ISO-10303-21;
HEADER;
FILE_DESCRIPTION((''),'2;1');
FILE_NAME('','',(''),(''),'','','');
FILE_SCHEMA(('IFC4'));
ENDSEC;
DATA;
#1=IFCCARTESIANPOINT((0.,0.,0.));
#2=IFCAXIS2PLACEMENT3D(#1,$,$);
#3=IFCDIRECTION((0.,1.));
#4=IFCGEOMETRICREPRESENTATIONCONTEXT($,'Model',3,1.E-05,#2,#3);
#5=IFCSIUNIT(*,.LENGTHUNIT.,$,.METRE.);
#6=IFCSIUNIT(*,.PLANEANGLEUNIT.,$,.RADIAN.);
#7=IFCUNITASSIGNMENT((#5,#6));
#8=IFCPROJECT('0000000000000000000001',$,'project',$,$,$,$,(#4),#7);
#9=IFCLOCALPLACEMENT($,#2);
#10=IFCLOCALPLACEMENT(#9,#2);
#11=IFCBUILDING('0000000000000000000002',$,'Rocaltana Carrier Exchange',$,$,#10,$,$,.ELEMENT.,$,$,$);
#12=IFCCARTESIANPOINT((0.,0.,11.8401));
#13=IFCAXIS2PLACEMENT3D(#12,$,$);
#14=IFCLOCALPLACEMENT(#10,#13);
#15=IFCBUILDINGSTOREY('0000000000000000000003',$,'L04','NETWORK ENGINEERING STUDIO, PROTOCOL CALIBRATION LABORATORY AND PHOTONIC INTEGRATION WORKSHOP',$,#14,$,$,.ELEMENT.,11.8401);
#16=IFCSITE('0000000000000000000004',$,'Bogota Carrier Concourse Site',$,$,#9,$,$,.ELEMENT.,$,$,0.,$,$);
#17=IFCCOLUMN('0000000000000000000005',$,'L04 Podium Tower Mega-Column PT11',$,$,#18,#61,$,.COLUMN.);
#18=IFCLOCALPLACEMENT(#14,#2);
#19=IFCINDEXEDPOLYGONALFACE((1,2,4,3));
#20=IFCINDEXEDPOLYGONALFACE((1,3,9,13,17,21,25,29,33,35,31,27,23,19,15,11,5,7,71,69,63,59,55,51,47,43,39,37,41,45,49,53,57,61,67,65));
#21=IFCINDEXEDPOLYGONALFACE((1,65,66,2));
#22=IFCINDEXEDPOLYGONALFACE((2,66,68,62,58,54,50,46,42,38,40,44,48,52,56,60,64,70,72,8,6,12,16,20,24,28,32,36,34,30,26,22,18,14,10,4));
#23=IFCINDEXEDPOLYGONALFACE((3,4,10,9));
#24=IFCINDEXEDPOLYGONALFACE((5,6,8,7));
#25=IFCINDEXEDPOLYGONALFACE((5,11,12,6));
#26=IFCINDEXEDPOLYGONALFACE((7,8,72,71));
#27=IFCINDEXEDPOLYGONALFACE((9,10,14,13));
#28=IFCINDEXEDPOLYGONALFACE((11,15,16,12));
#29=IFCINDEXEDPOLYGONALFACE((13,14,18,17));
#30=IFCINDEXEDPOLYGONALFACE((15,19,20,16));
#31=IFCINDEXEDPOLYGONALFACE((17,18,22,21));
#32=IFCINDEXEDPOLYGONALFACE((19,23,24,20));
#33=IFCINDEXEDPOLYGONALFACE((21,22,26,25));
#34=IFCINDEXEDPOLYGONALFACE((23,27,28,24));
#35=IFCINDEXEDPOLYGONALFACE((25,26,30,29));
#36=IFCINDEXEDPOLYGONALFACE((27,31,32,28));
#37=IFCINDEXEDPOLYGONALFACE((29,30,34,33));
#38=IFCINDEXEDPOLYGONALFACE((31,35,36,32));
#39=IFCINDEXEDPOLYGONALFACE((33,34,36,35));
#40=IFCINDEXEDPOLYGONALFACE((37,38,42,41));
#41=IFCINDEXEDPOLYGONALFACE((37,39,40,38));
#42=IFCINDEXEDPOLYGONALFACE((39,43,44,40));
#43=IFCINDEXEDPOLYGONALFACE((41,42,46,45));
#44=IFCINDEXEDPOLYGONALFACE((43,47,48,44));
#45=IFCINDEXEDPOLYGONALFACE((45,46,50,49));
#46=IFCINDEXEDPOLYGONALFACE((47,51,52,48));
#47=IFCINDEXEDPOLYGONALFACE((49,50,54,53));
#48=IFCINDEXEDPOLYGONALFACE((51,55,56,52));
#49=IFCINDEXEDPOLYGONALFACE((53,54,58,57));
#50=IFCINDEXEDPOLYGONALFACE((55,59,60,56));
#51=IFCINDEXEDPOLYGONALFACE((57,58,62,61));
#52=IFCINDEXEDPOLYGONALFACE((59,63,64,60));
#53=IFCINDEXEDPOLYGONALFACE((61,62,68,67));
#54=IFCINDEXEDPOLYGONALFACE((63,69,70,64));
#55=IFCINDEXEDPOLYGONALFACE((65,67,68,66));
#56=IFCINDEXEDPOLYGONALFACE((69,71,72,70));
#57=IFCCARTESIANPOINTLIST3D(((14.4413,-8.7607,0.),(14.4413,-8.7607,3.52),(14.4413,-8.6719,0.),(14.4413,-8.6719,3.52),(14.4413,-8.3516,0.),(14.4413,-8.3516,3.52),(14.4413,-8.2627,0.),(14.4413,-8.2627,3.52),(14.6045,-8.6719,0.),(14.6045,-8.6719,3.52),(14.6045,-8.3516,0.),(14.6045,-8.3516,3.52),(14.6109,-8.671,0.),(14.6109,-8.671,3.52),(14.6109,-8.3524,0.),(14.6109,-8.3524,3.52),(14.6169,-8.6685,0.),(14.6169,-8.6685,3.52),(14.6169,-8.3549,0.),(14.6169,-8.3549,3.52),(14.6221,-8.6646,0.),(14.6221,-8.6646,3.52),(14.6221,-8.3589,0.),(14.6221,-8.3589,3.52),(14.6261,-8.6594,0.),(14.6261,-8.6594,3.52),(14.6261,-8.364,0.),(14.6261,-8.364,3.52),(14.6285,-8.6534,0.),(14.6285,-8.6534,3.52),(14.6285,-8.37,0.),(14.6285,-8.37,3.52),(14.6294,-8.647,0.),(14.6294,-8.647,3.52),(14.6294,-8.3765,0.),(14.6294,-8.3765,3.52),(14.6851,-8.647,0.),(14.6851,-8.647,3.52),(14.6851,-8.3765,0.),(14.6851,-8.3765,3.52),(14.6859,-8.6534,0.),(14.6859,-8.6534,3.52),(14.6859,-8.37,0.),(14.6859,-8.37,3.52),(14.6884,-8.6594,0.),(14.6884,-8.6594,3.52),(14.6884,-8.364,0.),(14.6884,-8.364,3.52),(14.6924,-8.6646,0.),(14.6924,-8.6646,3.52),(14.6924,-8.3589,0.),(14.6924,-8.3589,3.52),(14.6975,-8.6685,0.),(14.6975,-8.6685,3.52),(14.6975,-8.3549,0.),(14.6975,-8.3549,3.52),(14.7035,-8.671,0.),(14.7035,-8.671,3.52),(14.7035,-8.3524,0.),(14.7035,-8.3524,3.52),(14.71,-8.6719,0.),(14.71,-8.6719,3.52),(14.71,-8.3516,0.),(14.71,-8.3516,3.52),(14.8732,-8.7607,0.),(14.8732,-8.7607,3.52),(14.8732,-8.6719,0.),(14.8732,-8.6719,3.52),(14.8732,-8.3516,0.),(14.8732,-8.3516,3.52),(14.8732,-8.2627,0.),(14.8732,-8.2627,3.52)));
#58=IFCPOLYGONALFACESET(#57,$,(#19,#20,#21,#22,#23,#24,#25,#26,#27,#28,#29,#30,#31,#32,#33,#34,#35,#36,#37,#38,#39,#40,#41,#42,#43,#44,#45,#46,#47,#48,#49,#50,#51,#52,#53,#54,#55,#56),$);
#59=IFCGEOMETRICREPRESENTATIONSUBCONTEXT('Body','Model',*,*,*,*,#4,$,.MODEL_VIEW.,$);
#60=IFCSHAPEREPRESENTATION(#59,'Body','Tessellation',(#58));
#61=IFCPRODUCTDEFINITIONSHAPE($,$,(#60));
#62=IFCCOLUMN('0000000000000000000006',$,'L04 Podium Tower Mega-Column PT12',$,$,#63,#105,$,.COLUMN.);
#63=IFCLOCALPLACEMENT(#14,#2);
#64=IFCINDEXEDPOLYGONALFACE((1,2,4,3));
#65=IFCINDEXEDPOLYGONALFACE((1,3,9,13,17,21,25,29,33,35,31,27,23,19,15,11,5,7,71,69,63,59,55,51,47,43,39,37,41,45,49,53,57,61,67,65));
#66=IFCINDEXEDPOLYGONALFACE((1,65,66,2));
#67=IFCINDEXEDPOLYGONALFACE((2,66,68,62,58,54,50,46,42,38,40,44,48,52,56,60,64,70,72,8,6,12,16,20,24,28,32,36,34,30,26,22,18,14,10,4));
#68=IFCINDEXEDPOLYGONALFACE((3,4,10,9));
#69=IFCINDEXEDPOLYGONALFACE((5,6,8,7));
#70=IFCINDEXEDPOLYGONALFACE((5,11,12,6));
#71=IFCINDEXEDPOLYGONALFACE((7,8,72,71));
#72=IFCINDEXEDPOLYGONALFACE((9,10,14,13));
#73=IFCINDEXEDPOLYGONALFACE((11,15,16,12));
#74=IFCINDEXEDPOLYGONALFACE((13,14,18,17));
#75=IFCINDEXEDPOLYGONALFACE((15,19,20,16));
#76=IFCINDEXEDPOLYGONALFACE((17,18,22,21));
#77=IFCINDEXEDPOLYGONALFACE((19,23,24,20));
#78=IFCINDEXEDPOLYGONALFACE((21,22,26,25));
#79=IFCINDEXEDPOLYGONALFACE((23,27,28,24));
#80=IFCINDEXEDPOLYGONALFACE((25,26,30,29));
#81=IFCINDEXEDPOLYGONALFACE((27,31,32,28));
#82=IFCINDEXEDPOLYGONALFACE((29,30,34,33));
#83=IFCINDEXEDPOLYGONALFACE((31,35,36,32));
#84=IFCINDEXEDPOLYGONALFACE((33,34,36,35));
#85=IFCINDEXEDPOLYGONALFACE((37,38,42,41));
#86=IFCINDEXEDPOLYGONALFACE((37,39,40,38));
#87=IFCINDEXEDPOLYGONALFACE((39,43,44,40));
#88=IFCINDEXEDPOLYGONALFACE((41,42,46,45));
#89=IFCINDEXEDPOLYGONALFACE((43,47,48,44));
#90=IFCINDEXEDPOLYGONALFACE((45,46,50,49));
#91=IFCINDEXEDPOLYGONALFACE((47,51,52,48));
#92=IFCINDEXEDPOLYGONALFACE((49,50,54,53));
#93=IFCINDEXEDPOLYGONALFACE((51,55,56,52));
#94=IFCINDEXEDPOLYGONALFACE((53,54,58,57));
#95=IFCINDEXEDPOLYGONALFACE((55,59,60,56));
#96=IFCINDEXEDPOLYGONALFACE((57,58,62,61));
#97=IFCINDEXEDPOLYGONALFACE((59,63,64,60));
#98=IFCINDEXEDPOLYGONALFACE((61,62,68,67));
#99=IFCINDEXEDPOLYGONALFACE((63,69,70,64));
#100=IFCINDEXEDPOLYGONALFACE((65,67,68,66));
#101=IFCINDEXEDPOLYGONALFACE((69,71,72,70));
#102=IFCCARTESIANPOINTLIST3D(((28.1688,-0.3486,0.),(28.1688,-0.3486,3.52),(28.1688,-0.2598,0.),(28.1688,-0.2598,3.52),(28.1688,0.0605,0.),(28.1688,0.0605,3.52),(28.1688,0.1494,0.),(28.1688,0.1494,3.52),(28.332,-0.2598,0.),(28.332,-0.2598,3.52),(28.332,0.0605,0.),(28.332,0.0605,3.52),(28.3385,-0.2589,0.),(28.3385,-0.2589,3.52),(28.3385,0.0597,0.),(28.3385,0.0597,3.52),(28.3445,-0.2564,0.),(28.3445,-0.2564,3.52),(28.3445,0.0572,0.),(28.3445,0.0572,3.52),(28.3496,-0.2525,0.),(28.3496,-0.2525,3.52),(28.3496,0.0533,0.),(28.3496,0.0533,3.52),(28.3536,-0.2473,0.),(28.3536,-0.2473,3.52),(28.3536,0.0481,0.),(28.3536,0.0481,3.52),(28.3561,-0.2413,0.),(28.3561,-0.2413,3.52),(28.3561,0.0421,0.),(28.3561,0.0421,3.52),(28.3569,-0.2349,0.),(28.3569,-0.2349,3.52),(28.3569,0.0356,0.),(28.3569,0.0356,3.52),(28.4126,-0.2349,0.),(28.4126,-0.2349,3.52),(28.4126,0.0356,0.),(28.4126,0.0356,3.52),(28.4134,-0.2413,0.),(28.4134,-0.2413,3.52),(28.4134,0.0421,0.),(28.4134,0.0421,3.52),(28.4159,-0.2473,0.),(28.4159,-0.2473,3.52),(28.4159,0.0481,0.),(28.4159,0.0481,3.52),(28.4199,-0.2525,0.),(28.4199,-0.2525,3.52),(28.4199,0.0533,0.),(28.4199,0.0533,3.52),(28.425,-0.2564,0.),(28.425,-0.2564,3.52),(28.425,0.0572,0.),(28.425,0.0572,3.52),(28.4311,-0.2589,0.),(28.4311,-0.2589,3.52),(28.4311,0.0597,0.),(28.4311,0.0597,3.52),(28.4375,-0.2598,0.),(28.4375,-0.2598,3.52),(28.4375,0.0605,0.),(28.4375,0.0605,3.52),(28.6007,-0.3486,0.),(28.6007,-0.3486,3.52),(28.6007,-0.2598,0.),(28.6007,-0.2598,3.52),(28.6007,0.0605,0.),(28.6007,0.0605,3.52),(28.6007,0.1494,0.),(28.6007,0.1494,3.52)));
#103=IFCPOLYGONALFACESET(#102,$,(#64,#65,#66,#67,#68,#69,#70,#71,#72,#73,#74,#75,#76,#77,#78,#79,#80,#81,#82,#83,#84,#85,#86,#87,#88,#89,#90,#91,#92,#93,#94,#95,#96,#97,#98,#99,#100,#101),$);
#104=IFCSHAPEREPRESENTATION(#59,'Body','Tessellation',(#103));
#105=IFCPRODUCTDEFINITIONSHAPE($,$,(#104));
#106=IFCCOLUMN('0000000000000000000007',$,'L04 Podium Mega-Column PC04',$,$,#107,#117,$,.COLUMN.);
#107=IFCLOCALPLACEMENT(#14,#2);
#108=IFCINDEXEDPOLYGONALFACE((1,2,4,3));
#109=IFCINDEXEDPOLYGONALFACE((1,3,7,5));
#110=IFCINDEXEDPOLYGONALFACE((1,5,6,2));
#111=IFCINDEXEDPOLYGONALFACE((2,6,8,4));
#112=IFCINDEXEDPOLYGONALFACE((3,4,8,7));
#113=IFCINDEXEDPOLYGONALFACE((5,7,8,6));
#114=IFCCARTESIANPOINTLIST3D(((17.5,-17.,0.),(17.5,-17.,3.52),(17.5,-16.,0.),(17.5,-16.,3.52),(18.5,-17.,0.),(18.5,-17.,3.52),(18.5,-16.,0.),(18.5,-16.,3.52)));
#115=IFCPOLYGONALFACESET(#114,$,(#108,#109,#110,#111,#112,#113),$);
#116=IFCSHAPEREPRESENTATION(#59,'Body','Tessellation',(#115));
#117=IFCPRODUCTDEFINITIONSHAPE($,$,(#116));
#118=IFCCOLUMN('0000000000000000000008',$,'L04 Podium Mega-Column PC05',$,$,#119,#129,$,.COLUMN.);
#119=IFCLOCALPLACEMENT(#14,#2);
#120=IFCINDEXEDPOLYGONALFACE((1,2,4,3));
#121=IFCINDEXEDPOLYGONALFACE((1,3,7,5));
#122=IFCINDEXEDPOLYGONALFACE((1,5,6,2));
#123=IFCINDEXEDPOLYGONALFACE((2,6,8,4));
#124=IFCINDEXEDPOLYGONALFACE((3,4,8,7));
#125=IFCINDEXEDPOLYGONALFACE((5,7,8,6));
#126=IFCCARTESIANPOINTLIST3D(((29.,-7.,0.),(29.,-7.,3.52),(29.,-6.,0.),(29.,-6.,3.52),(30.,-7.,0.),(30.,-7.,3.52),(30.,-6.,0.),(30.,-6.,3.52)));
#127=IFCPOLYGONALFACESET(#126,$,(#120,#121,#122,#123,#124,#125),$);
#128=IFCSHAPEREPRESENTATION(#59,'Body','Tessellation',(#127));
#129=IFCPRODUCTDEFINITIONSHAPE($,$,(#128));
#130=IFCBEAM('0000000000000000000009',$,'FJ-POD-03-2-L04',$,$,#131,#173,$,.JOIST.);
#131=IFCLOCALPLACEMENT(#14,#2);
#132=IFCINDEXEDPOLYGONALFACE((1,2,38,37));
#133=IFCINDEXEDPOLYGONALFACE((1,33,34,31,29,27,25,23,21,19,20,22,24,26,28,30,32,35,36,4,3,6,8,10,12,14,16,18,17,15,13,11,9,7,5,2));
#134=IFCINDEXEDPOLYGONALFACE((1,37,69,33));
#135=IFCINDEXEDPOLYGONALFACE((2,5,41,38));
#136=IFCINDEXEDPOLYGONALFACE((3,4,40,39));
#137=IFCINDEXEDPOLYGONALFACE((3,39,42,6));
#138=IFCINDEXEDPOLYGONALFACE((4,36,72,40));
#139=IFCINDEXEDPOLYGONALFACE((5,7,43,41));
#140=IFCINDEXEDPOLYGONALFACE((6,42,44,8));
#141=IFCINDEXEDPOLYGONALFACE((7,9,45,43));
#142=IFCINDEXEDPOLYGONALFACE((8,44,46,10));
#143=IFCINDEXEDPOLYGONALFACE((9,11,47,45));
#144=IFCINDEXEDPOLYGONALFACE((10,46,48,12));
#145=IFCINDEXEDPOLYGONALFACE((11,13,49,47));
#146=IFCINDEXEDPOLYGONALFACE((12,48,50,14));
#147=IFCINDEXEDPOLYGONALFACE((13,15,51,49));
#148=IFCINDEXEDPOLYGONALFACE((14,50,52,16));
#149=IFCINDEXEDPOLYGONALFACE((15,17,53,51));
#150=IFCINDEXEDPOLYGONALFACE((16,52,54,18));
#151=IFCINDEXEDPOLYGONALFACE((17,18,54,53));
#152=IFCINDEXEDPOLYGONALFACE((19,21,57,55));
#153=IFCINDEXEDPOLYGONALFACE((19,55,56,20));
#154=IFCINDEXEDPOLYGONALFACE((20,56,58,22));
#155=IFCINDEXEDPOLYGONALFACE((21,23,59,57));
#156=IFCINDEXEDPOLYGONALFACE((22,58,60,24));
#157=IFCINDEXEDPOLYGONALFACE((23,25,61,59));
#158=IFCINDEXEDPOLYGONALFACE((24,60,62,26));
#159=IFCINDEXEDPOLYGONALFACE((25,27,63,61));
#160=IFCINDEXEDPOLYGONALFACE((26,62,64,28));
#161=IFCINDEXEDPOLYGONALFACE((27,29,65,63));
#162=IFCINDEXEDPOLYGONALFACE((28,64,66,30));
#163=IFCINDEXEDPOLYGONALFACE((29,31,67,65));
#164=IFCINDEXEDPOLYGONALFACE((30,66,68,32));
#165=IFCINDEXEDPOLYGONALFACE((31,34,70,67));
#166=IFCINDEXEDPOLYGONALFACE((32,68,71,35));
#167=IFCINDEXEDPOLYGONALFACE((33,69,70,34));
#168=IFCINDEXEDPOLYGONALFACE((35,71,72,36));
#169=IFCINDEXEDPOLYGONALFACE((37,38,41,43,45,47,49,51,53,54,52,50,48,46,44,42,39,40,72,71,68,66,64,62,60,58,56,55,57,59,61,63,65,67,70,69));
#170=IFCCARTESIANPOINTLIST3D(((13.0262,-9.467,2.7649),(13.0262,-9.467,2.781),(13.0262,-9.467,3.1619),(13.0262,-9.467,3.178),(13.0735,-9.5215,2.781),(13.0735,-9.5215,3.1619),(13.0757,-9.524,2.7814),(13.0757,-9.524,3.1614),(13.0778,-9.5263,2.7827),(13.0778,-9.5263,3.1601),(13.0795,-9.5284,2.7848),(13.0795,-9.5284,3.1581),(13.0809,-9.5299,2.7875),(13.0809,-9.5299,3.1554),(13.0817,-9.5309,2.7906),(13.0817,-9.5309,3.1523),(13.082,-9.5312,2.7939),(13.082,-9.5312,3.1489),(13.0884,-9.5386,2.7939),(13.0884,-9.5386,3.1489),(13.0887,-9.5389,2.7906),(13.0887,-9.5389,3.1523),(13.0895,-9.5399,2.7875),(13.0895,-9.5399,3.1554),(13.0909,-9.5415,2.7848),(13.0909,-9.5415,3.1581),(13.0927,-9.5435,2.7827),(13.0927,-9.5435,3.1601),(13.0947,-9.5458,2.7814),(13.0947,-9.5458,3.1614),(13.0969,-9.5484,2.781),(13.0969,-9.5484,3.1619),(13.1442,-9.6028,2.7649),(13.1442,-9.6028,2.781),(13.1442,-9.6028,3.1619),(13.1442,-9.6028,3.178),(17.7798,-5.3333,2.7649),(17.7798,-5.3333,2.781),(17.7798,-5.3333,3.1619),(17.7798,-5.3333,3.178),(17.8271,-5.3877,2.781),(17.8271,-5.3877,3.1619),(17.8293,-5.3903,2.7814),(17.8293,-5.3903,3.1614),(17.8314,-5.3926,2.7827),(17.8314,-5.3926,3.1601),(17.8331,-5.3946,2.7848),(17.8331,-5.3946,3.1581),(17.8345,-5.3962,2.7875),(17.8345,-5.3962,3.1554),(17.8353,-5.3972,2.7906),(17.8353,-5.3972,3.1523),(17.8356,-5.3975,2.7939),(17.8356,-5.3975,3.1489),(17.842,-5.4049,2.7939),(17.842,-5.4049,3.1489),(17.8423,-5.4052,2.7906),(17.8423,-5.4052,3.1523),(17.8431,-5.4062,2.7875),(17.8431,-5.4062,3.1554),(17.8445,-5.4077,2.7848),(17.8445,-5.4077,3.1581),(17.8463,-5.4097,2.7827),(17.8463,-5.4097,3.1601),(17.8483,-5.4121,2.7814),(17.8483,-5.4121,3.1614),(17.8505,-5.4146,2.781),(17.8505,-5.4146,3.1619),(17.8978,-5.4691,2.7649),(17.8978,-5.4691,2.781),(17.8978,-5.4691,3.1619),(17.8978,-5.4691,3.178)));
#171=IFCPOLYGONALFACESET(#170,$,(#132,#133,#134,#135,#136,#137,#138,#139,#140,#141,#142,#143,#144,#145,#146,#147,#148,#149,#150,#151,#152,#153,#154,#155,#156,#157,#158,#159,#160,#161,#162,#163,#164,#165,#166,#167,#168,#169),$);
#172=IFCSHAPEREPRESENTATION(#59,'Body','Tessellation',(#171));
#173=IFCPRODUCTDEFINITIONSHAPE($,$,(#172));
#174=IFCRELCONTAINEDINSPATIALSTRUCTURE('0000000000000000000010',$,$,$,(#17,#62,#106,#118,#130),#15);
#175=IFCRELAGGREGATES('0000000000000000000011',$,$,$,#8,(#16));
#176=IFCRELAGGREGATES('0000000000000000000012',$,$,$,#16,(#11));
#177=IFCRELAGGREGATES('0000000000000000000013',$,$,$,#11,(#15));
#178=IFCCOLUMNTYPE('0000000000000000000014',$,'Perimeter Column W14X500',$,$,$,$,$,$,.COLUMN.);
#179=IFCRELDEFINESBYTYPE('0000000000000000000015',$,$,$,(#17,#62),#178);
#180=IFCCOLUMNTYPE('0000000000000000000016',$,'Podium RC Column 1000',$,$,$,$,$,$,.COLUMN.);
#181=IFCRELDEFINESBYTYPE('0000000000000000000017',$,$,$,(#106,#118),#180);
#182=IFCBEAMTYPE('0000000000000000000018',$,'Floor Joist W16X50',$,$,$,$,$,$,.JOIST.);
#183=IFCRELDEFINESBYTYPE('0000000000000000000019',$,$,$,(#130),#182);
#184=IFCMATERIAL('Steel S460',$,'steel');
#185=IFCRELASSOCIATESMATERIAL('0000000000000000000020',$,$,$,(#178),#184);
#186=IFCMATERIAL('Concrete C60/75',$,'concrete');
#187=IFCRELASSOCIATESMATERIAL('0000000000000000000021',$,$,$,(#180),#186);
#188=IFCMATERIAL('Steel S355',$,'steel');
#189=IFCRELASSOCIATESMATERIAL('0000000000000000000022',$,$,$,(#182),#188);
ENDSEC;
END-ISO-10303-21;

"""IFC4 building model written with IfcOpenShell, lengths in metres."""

from ifc_helpers import new_model, si_unit, direction, frame, origin, origin_2d, place, context, subcontext, project, spatial, rectangle, i_section, extrude, material, material_profile, profile_set, type_object, element, save


model = new_model("IFC4")

# Units and contexts
model_context = context("Model", 3, precision=1e-05, world=origin(), true_north=direction((0.0, 1.0)))
body_context = subcontext(model_context, "Body", "Model", "MODEL_VIEW")
ifc_project = project(units=[si_unit("LENGTHUNIT", "METRE"), si_unit("PLANEANGLEUNIT", "RADIAN")], contexts=[model_context])

# Site, building, storey
site_placement = place(None, origin())
site = spatial("IfcSite", under=ifc_project, at=site_placement, Name="Bogota Carrier Concourse Site", CompositionType="ELEMENT", RefElevation=0.0)
building_placement = place(site_placement, origin())
building = spatial("IfcBuilding", under=site, at=building_placement, Name="Rocaltana Carrier Exchange", CompositionType="ELEMENT")
storey_placement = place(building_placement, frame((0.0, 0.0, 11.8401)))
storey = spatial("IfcBuildingStorey", under=building, at=storey_placement, Name="L04", Description="NETWORK ENGINEERING STUDIO, PROTOCOL CALIBRATION LABORATORY AND PHOTONIC INTEGRATION WORKSHOP", CompositionType="ELEMENT", Elevation=11.8401)

# Columns
ifc_material_1 = material(Name="Steel S460", Category="steel")
ifc_material_profile_1 = material_profile(ifc_material_1, i_section(OverallWidth=0.4319, OverallDepth=0.498, WebThickness=0.0557, FlangeThickness=0.0889, FilletRadius=0.0249, at=origin_2d()), Name="W14X500")
ifc_profile_set_1 = profile_set([ifc_material_profile_1], Name="Steel S460")
column_type_1 = type_object("IfcColumnType", Name="Perimeter Column W14X500", PredefinedType="COLUMN", material=ifc_profile_set_1)
for number, where, z_axis, x_axis, name in (
    (1, (14.6572, -8.5117, 0.0), (0.0, 0.0, 1.0), (1.0, 0.0, 0.0), "L04 Podium Tower Mega-Column PT11"),
    (2, (28.3848, -0.0996, 0.0), (0.0, 0.0, 1.0), (1.0, 0.0, 0.0), "L04 Podium Tower Mega-Column PT12"),
):
    element("IfcColumn", number, at=place(storey_placement, frame(where, z_axis=z_axis, x_axis=x_axis)), inside=storey, type_object=column_type_1, Name=name, PredefinedType="COLUMN", context=body_context, shape_type="SweptSolid", body=[
        extrude(i_section(OverallWidth=0.4319, OverallDepth=0.498, WebThickness=0.0557, FlangeThickness=0.0889, FilletRadius=0.0249, at=origin_2d()), origin(), (0.0, 0.0, 1.0), 3.52),
    ])
ifc_material_2 = material(Name="Concrete C60/75", Category="concrete")
ifc_material_profile_2 = material_profile(ifc_material_2, rectangle(XDim=1.0, YDim=1.0, at=origin_2d()), Name="RC-COL-1000X1000")
ifc_profile_set_2 = profile_set([ifc_material_profile_2], Name="Concrete C60/75")
column_type_2 = type_object("IfcColumnType", Name="Podium RC Column 1000", PredefinedType="COLUMN", material=ifc_profile_set_2)
for number, where, z_axis, x_axis, name in (
    (3, (18.0, -16.5, 0.0), (0.0, 0.0, 1.0), (1.0, 0.0, 0.0), "L04 Podium Mega-Column PC04"),
    (4, (29.5, -6.5, 0.0), (0.0, 0.0, 1.0), (1.0, 0.0, 0.0), "L04 Podium Mega-Column PC05"),
):
    element("IfcColumn", number, at=place(storey_placement, frame(where, z_axis=z_axis, x_axis=x_axis)), inside=storey, type_object=column_type_2, Name=name, PredefinedType="COLUMN", context=body_context, shape_type="SweptSolid", body=[
        extrude(rectangle(XDim=1.0, YDim=1.0, at=origin_2d()), origin(), (0.0, 0.0, 1.0), 3.52),
    ])

# Beam
ifc_material_3 = material(Name="Steel S355", Category="steel")
ifc_material_profile_3 = material_profile(ifc_material_3, i_section(OverallWidth=0.1799, OverallDepth=0.4131, WebThickness=0.0098, FlangeThickness=0.0161, FilletRadius=0.0129, at=origin_2d()), Name="W16X50")
ifc_profile_set_3 = profile_set([ifc_material_profile_3], Name="Steel S355")
beam_type_1 = type_object("IfcBeamType", Name="Floor Joist W16X50", PredefinedType="JOIST", material=ifc_profile_set_3)
beam_1_placement = place(storey_placement, frame((13.0852, -9.5349, 2.9714), z_axis=(0.754592, 0.656194, 0.0), x_axis=(-0.656194, 0.754592, 0.0)))
element("IfcBeam", 5, at=beam_1_placement, inside=storey, type_object=beam_type_1, Name="FJ-POD-03-2-L04", PredefinedType="JOIST", context=body_context, shape_type="SweptSolid", body=[
    extrude(i_section(OverallWidth=0.1799, OverallDepth=0.4131, WebThickness=0.0098, FlangeThickness=0.0161, FilletRadius=0.0129, at=origin_2d()), origin(), (0.0, 0.0, 1.0), 6.2996),
])

save(model, "model.ifc")
